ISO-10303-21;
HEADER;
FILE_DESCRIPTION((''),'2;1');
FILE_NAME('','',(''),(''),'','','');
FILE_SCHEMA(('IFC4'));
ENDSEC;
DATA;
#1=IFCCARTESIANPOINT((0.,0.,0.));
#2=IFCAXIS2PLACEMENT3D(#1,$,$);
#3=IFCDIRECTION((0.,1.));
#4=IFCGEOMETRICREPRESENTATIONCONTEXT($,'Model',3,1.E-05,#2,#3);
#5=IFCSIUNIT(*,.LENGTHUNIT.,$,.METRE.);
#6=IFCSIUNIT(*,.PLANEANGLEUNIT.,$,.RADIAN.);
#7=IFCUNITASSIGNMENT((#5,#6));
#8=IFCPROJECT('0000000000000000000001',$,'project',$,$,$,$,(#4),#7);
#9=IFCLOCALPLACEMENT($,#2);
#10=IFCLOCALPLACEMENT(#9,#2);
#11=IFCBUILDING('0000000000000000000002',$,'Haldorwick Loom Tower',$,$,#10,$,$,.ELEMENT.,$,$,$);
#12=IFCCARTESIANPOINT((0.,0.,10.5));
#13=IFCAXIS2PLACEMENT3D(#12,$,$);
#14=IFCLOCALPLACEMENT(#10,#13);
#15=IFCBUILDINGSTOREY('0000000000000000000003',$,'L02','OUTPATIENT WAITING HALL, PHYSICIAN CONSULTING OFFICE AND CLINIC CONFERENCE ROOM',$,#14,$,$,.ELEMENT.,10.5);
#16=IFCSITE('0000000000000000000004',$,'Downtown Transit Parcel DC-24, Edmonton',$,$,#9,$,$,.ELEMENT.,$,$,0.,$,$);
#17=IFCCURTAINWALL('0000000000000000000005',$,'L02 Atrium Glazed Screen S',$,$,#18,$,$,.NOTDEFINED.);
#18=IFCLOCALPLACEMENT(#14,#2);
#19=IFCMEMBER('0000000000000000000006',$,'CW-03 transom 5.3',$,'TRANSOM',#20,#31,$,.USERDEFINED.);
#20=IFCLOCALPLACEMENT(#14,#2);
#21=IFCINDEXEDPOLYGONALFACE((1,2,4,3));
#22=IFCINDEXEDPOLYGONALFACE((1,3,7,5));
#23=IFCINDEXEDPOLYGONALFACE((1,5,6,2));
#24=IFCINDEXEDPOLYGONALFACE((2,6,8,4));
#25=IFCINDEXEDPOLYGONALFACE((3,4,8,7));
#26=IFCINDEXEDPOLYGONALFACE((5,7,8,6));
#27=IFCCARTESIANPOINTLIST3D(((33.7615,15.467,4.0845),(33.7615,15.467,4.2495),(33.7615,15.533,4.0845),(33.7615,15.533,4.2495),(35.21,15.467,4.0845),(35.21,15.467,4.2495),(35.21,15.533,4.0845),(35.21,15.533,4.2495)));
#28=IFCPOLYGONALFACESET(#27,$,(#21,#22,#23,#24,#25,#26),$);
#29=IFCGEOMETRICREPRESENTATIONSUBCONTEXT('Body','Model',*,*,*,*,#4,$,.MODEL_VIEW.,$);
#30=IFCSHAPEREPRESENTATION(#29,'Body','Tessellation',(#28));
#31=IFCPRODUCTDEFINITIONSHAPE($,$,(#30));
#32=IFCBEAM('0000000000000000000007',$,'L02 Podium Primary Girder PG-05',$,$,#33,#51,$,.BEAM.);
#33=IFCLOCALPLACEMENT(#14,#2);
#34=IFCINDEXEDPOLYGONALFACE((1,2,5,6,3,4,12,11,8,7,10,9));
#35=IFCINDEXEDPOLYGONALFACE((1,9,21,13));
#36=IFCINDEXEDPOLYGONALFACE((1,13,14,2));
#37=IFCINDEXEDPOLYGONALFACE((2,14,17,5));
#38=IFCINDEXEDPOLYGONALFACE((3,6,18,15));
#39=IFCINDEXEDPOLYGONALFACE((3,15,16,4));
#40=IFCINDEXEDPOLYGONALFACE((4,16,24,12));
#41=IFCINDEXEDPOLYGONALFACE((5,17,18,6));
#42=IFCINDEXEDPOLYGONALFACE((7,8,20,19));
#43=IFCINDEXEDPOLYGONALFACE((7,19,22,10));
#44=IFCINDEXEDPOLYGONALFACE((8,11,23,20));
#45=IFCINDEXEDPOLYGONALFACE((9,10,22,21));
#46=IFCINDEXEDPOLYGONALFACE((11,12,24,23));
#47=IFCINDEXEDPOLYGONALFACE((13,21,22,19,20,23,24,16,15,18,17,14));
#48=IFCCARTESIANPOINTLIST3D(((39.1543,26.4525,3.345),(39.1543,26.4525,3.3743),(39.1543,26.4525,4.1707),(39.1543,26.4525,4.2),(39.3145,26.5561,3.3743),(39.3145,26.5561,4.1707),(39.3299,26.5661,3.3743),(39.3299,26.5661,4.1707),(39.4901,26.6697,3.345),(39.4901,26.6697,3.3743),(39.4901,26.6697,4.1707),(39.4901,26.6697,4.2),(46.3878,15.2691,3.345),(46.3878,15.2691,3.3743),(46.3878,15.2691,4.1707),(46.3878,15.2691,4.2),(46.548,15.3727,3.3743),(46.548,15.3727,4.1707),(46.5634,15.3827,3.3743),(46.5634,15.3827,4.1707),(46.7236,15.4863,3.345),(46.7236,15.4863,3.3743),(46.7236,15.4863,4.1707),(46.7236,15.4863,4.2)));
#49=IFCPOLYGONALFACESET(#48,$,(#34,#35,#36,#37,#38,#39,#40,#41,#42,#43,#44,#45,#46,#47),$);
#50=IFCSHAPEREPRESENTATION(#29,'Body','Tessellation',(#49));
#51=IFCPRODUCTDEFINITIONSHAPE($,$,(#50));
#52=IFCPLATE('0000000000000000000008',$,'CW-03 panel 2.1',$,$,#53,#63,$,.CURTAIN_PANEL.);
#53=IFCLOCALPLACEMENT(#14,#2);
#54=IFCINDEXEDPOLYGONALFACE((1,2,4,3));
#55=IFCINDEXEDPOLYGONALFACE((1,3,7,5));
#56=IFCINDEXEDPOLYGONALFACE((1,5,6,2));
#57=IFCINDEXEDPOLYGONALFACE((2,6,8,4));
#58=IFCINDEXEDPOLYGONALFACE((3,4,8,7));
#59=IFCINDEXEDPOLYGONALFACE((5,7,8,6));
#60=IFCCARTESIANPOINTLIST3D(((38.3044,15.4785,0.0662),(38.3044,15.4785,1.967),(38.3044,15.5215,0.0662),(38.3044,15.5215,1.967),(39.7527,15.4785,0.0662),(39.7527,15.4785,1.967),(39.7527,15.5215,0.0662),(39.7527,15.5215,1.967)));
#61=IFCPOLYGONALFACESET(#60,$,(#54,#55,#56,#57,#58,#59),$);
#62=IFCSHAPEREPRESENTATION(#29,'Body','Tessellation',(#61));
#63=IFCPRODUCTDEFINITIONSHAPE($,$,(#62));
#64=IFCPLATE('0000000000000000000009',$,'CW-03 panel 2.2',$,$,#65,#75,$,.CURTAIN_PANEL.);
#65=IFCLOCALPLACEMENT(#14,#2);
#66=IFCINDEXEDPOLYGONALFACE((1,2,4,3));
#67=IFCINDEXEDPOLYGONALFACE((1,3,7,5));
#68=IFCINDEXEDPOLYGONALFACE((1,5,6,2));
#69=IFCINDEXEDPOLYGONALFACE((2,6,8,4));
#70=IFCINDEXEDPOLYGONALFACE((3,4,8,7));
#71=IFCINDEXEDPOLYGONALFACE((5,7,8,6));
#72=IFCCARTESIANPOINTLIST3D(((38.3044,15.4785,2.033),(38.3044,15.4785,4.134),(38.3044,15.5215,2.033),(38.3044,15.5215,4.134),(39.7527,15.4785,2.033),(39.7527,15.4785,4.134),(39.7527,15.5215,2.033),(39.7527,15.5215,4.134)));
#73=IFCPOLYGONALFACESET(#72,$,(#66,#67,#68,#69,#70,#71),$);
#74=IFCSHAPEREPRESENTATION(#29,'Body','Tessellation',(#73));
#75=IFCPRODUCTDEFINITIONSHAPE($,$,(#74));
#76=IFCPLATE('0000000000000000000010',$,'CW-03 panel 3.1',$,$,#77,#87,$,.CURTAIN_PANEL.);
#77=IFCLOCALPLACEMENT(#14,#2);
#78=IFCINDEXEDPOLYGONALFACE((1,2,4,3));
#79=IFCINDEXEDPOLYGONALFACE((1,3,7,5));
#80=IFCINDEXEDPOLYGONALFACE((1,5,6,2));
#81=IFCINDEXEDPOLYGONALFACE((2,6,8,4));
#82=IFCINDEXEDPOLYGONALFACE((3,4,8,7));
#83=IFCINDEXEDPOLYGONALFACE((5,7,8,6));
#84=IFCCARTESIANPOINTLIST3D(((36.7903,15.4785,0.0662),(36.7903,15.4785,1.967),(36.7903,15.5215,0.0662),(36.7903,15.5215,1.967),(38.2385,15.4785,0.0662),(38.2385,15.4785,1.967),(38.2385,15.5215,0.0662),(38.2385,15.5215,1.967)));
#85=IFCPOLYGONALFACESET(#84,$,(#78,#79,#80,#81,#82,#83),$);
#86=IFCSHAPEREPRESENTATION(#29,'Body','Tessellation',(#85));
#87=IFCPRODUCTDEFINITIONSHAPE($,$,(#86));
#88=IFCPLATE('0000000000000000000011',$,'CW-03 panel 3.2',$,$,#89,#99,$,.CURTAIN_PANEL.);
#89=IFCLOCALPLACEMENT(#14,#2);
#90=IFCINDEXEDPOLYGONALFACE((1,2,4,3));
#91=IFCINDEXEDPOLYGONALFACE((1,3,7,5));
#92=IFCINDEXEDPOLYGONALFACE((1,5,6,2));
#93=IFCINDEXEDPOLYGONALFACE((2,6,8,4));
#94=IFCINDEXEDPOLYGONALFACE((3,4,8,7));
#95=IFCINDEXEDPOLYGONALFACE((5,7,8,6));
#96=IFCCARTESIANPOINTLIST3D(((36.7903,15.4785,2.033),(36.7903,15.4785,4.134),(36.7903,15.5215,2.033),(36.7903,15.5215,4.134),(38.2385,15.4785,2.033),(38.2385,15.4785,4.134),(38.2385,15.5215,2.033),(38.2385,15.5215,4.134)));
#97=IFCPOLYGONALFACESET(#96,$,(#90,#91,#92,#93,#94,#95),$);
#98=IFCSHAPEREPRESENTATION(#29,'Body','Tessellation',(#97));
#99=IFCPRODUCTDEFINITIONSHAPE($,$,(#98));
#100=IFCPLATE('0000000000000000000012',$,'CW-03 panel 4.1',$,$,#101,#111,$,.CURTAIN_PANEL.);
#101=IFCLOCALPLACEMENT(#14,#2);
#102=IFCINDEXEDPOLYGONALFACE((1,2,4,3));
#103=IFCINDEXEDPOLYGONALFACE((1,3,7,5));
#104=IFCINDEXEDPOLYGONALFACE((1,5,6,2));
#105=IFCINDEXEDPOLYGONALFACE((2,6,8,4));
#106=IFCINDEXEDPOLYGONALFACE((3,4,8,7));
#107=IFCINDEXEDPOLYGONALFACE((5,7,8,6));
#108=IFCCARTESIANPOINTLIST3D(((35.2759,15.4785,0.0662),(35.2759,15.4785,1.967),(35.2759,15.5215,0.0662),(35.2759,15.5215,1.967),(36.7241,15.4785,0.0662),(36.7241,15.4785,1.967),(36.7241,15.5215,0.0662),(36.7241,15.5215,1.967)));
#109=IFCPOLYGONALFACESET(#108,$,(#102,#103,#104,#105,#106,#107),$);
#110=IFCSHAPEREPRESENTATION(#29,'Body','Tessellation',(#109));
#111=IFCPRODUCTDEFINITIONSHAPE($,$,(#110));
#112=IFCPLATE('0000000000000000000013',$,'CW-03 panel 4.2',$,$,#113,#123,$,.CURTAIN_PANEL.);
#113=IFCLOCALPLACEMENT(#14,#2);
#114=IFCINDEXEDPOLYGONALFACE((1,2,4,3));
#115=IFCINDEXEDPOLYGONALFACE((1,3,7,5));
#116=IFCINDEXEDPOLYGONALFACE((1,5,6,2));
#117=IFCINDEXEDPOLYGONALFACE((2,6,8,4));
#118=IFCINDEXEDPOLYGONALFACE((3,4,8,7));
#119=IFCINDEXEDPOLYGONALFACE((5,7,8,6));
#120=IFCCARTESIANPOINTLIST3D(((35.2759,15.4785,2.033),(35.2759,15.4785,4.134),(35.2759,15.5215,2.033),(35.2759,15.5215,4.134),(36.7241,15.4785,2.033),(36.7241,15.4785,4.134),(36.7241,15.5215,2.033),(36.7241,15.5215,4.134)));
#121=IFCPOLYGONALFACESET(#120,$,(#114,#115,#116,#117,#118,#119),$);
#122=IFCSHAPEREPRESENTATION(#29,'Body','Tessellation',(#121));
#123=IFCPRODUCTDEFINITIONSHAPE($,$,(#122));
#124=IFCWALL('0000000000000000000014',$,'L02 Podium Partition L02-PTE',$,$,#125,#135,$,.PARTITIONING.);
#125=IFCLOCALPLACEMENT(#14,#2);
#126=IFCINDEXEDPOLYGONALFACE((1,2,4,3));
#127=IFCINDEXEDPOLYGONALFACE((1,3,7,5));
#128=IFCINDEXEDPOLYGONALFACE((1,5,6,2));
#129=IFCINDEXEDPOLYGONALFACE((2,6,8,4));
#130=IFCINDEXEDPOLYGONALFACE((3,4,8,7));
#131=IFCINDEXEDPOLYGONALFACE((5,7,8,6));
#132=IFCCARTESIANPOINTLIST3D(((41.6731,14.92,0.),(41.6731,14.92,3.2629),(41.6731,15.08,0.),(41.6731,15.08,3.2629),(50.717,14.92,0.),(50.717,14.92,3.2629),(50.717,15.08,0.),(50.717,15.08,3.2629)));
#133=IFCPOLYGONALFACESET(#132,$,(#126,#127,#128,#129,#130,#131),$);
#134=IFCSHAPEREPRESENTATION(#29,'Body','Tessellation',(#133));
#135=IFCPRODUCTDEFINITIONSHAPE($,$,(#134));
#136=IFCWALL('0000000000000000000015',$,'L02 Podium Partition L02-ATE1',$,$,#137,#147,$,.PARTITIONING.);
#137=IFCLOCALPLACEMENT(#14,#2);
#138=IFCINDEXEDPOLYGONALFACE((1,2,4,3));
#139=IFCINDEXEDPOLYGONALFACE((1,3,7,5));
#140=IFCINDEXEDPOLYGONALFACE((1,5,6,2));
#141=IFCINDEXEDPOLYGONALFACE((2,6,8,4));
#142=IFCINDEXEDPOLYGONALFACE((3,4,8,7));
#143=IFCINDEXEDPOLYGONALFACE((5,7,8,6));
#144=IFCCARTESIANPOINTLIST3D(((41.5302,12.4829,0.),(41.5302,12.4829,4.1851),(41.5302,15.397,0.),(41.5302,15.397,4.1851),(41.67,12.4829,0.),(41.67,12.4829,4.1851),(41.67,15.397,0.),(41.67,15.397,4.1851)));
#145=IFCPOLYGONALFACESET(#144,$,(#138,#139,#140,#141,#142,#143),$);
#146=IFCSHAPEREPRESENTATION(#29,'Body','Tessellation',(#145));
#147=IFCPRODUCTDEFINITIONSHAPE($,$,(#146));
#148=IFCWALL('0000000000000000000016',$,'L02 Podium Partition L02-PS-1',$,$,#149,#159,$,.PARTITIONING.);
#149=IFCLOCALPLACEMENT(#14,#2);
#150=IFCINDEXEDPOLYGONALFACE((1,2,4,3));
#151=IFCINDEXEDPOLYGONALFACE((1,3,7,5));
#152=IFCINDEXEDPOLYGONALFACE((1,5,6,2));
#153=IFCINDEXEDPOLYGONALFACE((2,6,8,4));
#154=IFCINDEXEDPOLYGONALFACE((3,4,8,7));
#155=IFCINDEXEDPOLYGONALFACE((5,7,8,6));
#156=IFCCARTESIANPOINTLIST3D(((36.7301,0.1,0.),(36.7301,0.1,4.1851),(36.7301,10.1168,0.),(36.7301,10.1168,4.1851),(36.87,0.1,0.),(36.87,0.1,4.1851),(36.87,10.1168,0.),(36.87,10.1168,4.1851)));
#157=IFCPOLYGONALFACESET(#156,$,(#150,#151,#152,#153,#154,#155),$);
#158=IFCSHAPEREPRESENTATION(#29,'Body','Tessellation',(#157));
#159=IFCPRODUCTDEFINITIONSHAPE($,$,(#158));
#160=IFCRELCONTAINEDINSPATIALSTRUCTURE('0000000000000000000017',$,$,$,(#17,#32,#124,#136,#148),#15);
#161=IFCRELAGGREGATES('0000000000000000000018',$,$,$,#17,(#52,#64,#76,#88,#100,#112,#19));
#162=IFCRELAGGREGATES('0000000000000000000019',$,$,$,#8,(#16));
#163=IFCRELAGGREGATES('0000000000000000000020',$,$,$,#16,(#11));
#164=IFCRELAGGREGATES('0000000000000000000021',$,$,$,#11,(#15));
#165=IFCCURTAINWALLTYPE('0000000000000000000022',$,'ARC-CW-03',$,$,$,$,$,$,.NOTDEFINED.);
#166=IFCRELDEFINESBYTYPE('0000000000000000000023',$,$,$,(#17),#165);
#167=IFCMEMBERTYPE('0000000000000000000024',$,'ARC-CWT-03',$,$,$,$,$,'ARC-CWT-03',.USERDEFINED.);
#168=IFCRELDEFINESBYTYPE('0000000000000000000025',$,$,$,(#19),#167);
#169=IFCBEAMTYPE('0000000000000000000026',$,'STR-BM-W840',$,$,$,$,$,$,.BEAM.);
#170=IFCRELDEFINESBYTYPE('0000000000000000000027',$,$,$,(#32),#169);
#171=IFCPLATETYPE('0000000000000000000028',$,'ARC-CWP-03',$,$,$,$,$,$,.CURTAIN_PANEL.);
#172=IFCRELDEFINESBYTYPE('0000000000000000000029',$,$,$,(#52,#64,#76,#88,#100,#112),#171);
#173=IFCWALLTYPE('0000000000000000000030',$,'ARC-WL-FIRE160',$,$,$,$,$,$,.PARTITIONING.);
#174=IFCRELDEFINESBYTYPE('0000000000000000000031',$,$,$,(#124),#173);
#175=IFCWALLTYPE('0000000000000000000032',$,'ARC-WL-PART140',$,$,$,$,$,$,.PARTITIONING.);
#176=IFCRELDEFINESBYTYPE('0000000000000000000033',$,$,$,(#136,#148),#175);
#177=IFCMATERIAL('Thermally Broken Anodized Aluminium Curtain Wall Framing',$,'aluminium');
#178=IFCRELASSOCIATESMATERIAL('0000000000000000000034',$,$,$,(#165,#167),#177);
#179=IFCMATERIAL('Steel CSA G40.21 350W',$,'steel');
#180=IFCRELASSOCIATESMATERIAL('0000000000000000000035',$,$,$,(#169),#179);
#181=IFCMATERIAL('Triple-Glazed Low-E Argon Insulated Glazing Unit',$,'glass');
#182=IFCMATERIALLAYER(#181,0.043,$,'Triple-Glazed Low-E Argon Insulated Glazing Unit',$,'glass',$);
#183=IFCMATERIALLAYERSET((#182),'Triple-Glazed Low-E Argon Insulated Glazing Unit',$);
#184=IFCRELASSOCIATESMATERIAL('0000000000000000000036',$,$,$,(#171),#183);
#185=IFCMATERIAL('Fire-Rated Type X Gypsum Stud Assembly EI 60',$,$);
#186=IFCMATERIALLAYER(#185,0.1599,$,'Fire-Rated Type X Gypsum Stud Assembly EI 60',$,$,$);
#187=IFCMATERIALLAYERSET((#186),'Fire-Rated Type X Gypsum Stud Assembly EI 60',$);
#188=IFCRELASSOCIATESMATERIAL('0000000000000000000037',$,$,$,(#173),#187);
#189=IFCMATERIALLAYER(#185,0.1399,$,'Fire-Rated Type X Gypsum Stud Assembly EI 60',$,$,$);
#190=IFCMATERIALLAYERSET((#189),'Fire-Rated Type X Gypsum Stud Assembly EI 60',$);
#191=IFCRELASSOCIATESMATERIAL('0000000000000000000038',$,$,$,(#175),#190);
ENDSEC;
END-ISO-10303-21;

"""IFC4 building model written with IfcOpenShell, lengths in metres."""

from ifc_helpers import new_model, si_unit, direction, frame, frame_2d, origin, origin_2d, place, context, subcontext, project, spatial, rectangle, i_section, extrude, material, layer, layer_set, material_profile, profile_set, type_object, element, aggregate, save


model = new_model("IFC4")

# Units and contexts
model_context = context("Model", 3, precision=1e-05, world=origin(), true_north=direction((0.0, 1.0)))
body_context = subcontext(model_context, "Body", "Model", "MODEL_VIEW")
ifc_project = project(units=[si_unit("LENGTHUNIT", "METRE"), si_unit("PLANEANGLEUNIT", "RADIAN")], contexts=[model_context])

# Site, building, storey
site_placement = place(None, origin())
site = spatial("IfcSite", under=ifc_project, at=site_placement, Name="Downtown Transit Parcel DC-24, Edmonton", CompositionType="ELEMENT", RefElevation=0.0)
building_placement = place(site_placement, origin())
building = spatial("IfcBuilding", under=site, at=building_placement, Name="Haldorwick Loom Tower", CompositionType="ELEMENT")
storey_placement = place(building_placement, frame((0.0, 0.0, 10.5)))
storey = spatial("IfcBuildingStorey", under=building, at=storey_placement, Name="L02", Description="OUTPATIENT WAITING HALL, PHYSICIAN CONSULTING OFFICE AND CLINIC CONFERENCE ROOM", CompositionType="ELEMENT", Elevation=10.5)

# Shared definitions
ifc_material_1 = material(Name="Thermally Broken Anodized Aluminium Curtain Wall Framing", Category="aluminium")

# Curtain wall, member
curtain_wall_type_1 = type_object("IfcCurtainWallType", Name="ARC-CW-03", PredefinedType="NOTDEFINED", material=ifc_material_1)
curtain_wall_1_placement = place(storey_placement, origin())
curtain_wall_1 = element("IfcCurtainWall", 1, at=curtain_wall_1_placement, inside=storey, type_object=curtain_wall_type_1, Name="L02 Atrium Glazed Screen S", PredefinedType="NOTDEFINED")
ifc_material_profile_1 = material_profile(ifc_material_1, rectangle(XDim=0.0659, YDim=0.165, at=origin_2d()), Name="ALU_TRN_66X165", Category="aluminium")
ifc_profile_set_1 = profile_set([ifc_material_profile_1], Name="Thermally Broken Anodized Aluminium Curtain Wall Framing")
member_type_1 = type_object("IfcMemberType", Name="ARC-CWT-03", ElementType="ARC-CWT-03", PredefinedType="USERDEFINED", material=ifc_profile_set_1)
member_1_placement = place(storey_placement, frame((35.21, 15.5, 4.167), z_axis=(-1.0, 0.0, 0.0), x_axis=(0.0, -1.0, 0.0)))
member_1 = element("IfcMember", 2, at=member_1_placement, type_object=member_type_1, Name="CW-03 transom 5.3", ObjectType="TRANSOM", PredefinedType="USERDEFINED", context=body_context, shape_type="SweptSolid", body=[
    extrude(rectangle(XDim=0.0659, YDim=0.165, at=origin_2d()), origin(), (0.0, 0.0, 1.0), 1.4485),
])

# Beam
ifc_material_2 = material(Name="Steel CSA G40.21 350W", Category="steel")
ifc_material_profile_2 = material_profile(ifc_material_2, i_section(OverallWidth=0.3999, OverallDepth=0.855, WebThickness=0.0183, FlangeThickness=0.0293, at=origin_2d()), Name="W840X299", Category="steel")
ifc_profile_set_2 = profile_set([ifc_material_profile_2], Name="Steel CSA G40.21 350W")
beam_type = type_object("IfcBeamType", Name="STR-BM-W840", PredefinedType="BEAM", material=ifc_profile_set_2)
beam_placement = place(storey_placement, frame((46.5557, 15.3777, 3.7725), z_axis=(-0.543098, 0.839669, 0.0), x_axis=(-0.839669, -0.543098, 0.0)))
element("IfcBeam", 3, at=beam_placement, inside=storey, type_object=beam_type, Name="L02 Podium Primary Girder PG-05", PredefinedType="BEAM", context=body_context, shape_type="SweptSolid", body=[
    extrude(i_section(OverallWidth=0.3999, OverallDepth=0.855, WebThickness=0.0183, FlangeThickness=0.0293, at=origin_2d()), origin(), (0.0, 0.0, 1.0), 13.3188),
])

# Plates
ifc_material_3 = material(Name="Triple-Glazed Low-E Argon Insulated Glazing Unit", Category="glass")
ifc_layer_1 = layer(ifc_material_3, 0.043, Name="Triple-Glazed Low-E Argon Insulated Glazing Unit", Category="glass")
ifc_layer_set_1 = layer_set([ifc_layer_1], Name="Triple-Glazed Low-E Argon Insulated Glazing Unit")
plate_type = type_object("IfcPlateType", Name="ARC-CWP-03", PredefinedType="CURTAIN_PANEL", material=ifc_layer_set_1)
plate_1_placement = place(storey_placement, frame((39.0286, 15.5, 0.0662), z_axis=(0.0, 0.0, 1.0), x_axis=(-1.0, 0.0, 0.0)))
plate_1 = element("IfcPlate", 4, at=plate_1_placement, type_object=plate_type, Name="CW-03 panel 2.1", PredefinedType="CURTAIN_PANEL", context=body_context, shape_type="SweptSolid", body=[
    extrude(rectangle(XDim=1.4482, YDim=0.043, at=origin_2d()), origin(), (0.0, 0.0, 1.0), 1.9009),
])
plate_2_placement = place(storey_placement, frame((39.0286, 15.5, 2.033), z_axis=(0.0, 0.0, 1.0), x_axis=(-1.0, 0.0, 0.0)))
plate_2 = element("IfcPlate", 5, at=plate_2_placement, type_object=plate_type, Name="CW-03 panel 2.2", PredefinedType="CURTAIN_PANEL", context=body_context, shape_type="SweptSolid", body=[
    extrude(rectangle(XDim=1.4482, YDim=0.043, at=origin_2d()), origin(), (0.0, 0.0, 1.0), 2.1011),
])
plate_3_placement = place(storey_placement, frame((37.5144, 15.5, 0.0662), z_axis=(0.0, 0.0, 1.0), x_axis=(-1.0, 0.0, 0.0)))
plate_3 = element("IfcPlate", 6, at=plate_3_placement, type_object=plate_type, Name="CW-03 panel 3.1", PredefinedType="CURTAIN_PANEL", context=body_context, shape_type="SweptSolid", body=[
    extrude(rectangle(XDim=1.4482, YDim=0.043, at=origin_2d()), origin(), (0.0, 0.0, 1.0), 1.9009),
])
plate_4_placement = place(storey_placement, frame((37.5144, 15.5, 2.033), z_axis=(0.0, 0.0, 1.0), x_axis=(-1.0, 0.0, 0.0)))
plate_4 = element("IfcPlate", 7, at=plate_4_placement, type_object=plate_type, Name="CW-03 panel 3.2", PredefinedType="CURTAIN_PANEL", context=body_context, shape_type="SweptSolid", body=[
    extrude(rectangle(XDim=1.4482, YDim=0.043, at=origin_2d()), origin(), (0.0, 0.0, 1.0), 2.1011),
])
plate_5_placement = place(storey_placement, frame((36.0, 15.5, 0.0662), z_axis=(0.0, 0.0, 1.0), x_axis=(-1.0, 0.0, 0.0)))
plate_5 = element("IfcPlate", 8, at=plate_5_placement, type_object=plate_type, Name="CW-03 panel 4.1", PredefinedType="CURTAIN_PANEL", context=body_context, shape_type="SweptSolid", body=[
    extrude(rectangle(XDim=1.4482, YDim=0.043, at=origin_2d()), origin(), (0.0, 0.0, 1.0), 1.9009),
])
plate_6_placement = place(storey_placement, frame((36.0, 15.5, 2.033), z_axis=(0.0, 0.0, 1.0), x_axis=(-1.0, 0.0, 0.0)))
plate_6 = element("IfcPlate", 9, at=plate_6_placement, type_object=plate_type, Name="CW-03 panel 4.2", PredefinedType="CURTAIN_PANEL", context=body_context, shape_type="SweptSolid", body=[
    extrude(rectangle(XDim=1.4482, YDim=0.043, at=origin_2d()), origin(), (0.0, 0.0, 1.0), 2.1011),
])
aggregate(curtain_wall_1, [plate_1, plate_2, plate_3, plate_4, plate_5, plate_6, member_1])

# Walls
ifc_material_4 = material(Name="Fire-Rated Type X Gypsum Stud Assembly EI 60")
ifc_layer_2 = layer(ifc_material_4, 0.1599, Name="Fire-Rated Type X Gypsum Stud Assembly EI 60")
ifc_layer_set_2 = layer_set([ifc_layer_2], Name="Fire-Rated Type X Gypsum Stud Assembly EI 60")
wall_type_1 = type_object("IfcWallType", Name="ARC-WL-FIRE160", PredefinedType="PARTITIONING", material=ifc_layer_set_2)
wall_1_placement = place(storey_placement, frame((41.6731, 15.0, 0.0), z_axis=(0.0, 0.0, 1.0), x_axis=(1.0, 0.0, 0.0)))
element("IfcWall", 10, at=wall_1_placement, inside=storey, type_object=wall_type_1, Name="L02 Podium Partition L02-PTE", PredefinedType="PARTITIONING", context=body_context, shape_type="SweptSolid", body=[
    extrude(rectangle(XDim=9.0439, YDim=0.1599, at=frame_2d((4.522, 0.0))), origin(), (0.0, 0.0, 1.0), 3.2629),
])
ifc_layer_3 = layer(ifc_material_4, 0.1399, Name="Fire-Rated Type X Gypsum Stud Assembly EI 60")
ifc_layer_set_3 = layer_set([ifc_layer_3], Name="Fire-Rated Type X Gypsum Stud Assembly EI 60")
wall_type_2 = type_object("IfcWallType", Name="ARC-WL-PART140", PredefinedType="PARTITIONING", material=ifc_layer_set_3)
wall_2_placement = place(storey_placement, frame((41.6001, 12.4829, 0.0), z_axis=(0.0, 0.0, 1.0), x_axis=(0.0, 1.0, 0.0)))
element("IfcWall", 11, at=wall_2_placement, inside=storey, type_object=wall_type_2, Name="L02 Podium Partition L02-ATE1", PredefinedType="PARTITIONING", context=body_context, shape_type="SweptSolid", body=[
    extrude(rectangle(XDim=2.9141, YDim=0.1399, at=frame_2d((1.457, 0.0))), origin(), (0.0, 0.0, 1.0), 4.1851),
])
wall_3_placement = place(storey_placement, frame((36.8, 0.1001, 0.0), z_axis=(0.0, 0.0, 1.0), x_axis=(0.0, 1.0, 0.0)))
element("IfcWall", 12, at=wall_3_placement, inside=storey, type_object=wall_type_2, Name="L02 Podium Partition L02-PS-1", PredefinedType="PARTITIONING", context=body_context, shape_type="SweptSolid", body=[
    extrude(rectangle(XDim=10.0168, YDim=0.1399, at=frame_2d((5.0083, 0.0))), origin(), (0.0, 0.0, 1.0), 4.1851),
])

save(model, "model.ifc")
